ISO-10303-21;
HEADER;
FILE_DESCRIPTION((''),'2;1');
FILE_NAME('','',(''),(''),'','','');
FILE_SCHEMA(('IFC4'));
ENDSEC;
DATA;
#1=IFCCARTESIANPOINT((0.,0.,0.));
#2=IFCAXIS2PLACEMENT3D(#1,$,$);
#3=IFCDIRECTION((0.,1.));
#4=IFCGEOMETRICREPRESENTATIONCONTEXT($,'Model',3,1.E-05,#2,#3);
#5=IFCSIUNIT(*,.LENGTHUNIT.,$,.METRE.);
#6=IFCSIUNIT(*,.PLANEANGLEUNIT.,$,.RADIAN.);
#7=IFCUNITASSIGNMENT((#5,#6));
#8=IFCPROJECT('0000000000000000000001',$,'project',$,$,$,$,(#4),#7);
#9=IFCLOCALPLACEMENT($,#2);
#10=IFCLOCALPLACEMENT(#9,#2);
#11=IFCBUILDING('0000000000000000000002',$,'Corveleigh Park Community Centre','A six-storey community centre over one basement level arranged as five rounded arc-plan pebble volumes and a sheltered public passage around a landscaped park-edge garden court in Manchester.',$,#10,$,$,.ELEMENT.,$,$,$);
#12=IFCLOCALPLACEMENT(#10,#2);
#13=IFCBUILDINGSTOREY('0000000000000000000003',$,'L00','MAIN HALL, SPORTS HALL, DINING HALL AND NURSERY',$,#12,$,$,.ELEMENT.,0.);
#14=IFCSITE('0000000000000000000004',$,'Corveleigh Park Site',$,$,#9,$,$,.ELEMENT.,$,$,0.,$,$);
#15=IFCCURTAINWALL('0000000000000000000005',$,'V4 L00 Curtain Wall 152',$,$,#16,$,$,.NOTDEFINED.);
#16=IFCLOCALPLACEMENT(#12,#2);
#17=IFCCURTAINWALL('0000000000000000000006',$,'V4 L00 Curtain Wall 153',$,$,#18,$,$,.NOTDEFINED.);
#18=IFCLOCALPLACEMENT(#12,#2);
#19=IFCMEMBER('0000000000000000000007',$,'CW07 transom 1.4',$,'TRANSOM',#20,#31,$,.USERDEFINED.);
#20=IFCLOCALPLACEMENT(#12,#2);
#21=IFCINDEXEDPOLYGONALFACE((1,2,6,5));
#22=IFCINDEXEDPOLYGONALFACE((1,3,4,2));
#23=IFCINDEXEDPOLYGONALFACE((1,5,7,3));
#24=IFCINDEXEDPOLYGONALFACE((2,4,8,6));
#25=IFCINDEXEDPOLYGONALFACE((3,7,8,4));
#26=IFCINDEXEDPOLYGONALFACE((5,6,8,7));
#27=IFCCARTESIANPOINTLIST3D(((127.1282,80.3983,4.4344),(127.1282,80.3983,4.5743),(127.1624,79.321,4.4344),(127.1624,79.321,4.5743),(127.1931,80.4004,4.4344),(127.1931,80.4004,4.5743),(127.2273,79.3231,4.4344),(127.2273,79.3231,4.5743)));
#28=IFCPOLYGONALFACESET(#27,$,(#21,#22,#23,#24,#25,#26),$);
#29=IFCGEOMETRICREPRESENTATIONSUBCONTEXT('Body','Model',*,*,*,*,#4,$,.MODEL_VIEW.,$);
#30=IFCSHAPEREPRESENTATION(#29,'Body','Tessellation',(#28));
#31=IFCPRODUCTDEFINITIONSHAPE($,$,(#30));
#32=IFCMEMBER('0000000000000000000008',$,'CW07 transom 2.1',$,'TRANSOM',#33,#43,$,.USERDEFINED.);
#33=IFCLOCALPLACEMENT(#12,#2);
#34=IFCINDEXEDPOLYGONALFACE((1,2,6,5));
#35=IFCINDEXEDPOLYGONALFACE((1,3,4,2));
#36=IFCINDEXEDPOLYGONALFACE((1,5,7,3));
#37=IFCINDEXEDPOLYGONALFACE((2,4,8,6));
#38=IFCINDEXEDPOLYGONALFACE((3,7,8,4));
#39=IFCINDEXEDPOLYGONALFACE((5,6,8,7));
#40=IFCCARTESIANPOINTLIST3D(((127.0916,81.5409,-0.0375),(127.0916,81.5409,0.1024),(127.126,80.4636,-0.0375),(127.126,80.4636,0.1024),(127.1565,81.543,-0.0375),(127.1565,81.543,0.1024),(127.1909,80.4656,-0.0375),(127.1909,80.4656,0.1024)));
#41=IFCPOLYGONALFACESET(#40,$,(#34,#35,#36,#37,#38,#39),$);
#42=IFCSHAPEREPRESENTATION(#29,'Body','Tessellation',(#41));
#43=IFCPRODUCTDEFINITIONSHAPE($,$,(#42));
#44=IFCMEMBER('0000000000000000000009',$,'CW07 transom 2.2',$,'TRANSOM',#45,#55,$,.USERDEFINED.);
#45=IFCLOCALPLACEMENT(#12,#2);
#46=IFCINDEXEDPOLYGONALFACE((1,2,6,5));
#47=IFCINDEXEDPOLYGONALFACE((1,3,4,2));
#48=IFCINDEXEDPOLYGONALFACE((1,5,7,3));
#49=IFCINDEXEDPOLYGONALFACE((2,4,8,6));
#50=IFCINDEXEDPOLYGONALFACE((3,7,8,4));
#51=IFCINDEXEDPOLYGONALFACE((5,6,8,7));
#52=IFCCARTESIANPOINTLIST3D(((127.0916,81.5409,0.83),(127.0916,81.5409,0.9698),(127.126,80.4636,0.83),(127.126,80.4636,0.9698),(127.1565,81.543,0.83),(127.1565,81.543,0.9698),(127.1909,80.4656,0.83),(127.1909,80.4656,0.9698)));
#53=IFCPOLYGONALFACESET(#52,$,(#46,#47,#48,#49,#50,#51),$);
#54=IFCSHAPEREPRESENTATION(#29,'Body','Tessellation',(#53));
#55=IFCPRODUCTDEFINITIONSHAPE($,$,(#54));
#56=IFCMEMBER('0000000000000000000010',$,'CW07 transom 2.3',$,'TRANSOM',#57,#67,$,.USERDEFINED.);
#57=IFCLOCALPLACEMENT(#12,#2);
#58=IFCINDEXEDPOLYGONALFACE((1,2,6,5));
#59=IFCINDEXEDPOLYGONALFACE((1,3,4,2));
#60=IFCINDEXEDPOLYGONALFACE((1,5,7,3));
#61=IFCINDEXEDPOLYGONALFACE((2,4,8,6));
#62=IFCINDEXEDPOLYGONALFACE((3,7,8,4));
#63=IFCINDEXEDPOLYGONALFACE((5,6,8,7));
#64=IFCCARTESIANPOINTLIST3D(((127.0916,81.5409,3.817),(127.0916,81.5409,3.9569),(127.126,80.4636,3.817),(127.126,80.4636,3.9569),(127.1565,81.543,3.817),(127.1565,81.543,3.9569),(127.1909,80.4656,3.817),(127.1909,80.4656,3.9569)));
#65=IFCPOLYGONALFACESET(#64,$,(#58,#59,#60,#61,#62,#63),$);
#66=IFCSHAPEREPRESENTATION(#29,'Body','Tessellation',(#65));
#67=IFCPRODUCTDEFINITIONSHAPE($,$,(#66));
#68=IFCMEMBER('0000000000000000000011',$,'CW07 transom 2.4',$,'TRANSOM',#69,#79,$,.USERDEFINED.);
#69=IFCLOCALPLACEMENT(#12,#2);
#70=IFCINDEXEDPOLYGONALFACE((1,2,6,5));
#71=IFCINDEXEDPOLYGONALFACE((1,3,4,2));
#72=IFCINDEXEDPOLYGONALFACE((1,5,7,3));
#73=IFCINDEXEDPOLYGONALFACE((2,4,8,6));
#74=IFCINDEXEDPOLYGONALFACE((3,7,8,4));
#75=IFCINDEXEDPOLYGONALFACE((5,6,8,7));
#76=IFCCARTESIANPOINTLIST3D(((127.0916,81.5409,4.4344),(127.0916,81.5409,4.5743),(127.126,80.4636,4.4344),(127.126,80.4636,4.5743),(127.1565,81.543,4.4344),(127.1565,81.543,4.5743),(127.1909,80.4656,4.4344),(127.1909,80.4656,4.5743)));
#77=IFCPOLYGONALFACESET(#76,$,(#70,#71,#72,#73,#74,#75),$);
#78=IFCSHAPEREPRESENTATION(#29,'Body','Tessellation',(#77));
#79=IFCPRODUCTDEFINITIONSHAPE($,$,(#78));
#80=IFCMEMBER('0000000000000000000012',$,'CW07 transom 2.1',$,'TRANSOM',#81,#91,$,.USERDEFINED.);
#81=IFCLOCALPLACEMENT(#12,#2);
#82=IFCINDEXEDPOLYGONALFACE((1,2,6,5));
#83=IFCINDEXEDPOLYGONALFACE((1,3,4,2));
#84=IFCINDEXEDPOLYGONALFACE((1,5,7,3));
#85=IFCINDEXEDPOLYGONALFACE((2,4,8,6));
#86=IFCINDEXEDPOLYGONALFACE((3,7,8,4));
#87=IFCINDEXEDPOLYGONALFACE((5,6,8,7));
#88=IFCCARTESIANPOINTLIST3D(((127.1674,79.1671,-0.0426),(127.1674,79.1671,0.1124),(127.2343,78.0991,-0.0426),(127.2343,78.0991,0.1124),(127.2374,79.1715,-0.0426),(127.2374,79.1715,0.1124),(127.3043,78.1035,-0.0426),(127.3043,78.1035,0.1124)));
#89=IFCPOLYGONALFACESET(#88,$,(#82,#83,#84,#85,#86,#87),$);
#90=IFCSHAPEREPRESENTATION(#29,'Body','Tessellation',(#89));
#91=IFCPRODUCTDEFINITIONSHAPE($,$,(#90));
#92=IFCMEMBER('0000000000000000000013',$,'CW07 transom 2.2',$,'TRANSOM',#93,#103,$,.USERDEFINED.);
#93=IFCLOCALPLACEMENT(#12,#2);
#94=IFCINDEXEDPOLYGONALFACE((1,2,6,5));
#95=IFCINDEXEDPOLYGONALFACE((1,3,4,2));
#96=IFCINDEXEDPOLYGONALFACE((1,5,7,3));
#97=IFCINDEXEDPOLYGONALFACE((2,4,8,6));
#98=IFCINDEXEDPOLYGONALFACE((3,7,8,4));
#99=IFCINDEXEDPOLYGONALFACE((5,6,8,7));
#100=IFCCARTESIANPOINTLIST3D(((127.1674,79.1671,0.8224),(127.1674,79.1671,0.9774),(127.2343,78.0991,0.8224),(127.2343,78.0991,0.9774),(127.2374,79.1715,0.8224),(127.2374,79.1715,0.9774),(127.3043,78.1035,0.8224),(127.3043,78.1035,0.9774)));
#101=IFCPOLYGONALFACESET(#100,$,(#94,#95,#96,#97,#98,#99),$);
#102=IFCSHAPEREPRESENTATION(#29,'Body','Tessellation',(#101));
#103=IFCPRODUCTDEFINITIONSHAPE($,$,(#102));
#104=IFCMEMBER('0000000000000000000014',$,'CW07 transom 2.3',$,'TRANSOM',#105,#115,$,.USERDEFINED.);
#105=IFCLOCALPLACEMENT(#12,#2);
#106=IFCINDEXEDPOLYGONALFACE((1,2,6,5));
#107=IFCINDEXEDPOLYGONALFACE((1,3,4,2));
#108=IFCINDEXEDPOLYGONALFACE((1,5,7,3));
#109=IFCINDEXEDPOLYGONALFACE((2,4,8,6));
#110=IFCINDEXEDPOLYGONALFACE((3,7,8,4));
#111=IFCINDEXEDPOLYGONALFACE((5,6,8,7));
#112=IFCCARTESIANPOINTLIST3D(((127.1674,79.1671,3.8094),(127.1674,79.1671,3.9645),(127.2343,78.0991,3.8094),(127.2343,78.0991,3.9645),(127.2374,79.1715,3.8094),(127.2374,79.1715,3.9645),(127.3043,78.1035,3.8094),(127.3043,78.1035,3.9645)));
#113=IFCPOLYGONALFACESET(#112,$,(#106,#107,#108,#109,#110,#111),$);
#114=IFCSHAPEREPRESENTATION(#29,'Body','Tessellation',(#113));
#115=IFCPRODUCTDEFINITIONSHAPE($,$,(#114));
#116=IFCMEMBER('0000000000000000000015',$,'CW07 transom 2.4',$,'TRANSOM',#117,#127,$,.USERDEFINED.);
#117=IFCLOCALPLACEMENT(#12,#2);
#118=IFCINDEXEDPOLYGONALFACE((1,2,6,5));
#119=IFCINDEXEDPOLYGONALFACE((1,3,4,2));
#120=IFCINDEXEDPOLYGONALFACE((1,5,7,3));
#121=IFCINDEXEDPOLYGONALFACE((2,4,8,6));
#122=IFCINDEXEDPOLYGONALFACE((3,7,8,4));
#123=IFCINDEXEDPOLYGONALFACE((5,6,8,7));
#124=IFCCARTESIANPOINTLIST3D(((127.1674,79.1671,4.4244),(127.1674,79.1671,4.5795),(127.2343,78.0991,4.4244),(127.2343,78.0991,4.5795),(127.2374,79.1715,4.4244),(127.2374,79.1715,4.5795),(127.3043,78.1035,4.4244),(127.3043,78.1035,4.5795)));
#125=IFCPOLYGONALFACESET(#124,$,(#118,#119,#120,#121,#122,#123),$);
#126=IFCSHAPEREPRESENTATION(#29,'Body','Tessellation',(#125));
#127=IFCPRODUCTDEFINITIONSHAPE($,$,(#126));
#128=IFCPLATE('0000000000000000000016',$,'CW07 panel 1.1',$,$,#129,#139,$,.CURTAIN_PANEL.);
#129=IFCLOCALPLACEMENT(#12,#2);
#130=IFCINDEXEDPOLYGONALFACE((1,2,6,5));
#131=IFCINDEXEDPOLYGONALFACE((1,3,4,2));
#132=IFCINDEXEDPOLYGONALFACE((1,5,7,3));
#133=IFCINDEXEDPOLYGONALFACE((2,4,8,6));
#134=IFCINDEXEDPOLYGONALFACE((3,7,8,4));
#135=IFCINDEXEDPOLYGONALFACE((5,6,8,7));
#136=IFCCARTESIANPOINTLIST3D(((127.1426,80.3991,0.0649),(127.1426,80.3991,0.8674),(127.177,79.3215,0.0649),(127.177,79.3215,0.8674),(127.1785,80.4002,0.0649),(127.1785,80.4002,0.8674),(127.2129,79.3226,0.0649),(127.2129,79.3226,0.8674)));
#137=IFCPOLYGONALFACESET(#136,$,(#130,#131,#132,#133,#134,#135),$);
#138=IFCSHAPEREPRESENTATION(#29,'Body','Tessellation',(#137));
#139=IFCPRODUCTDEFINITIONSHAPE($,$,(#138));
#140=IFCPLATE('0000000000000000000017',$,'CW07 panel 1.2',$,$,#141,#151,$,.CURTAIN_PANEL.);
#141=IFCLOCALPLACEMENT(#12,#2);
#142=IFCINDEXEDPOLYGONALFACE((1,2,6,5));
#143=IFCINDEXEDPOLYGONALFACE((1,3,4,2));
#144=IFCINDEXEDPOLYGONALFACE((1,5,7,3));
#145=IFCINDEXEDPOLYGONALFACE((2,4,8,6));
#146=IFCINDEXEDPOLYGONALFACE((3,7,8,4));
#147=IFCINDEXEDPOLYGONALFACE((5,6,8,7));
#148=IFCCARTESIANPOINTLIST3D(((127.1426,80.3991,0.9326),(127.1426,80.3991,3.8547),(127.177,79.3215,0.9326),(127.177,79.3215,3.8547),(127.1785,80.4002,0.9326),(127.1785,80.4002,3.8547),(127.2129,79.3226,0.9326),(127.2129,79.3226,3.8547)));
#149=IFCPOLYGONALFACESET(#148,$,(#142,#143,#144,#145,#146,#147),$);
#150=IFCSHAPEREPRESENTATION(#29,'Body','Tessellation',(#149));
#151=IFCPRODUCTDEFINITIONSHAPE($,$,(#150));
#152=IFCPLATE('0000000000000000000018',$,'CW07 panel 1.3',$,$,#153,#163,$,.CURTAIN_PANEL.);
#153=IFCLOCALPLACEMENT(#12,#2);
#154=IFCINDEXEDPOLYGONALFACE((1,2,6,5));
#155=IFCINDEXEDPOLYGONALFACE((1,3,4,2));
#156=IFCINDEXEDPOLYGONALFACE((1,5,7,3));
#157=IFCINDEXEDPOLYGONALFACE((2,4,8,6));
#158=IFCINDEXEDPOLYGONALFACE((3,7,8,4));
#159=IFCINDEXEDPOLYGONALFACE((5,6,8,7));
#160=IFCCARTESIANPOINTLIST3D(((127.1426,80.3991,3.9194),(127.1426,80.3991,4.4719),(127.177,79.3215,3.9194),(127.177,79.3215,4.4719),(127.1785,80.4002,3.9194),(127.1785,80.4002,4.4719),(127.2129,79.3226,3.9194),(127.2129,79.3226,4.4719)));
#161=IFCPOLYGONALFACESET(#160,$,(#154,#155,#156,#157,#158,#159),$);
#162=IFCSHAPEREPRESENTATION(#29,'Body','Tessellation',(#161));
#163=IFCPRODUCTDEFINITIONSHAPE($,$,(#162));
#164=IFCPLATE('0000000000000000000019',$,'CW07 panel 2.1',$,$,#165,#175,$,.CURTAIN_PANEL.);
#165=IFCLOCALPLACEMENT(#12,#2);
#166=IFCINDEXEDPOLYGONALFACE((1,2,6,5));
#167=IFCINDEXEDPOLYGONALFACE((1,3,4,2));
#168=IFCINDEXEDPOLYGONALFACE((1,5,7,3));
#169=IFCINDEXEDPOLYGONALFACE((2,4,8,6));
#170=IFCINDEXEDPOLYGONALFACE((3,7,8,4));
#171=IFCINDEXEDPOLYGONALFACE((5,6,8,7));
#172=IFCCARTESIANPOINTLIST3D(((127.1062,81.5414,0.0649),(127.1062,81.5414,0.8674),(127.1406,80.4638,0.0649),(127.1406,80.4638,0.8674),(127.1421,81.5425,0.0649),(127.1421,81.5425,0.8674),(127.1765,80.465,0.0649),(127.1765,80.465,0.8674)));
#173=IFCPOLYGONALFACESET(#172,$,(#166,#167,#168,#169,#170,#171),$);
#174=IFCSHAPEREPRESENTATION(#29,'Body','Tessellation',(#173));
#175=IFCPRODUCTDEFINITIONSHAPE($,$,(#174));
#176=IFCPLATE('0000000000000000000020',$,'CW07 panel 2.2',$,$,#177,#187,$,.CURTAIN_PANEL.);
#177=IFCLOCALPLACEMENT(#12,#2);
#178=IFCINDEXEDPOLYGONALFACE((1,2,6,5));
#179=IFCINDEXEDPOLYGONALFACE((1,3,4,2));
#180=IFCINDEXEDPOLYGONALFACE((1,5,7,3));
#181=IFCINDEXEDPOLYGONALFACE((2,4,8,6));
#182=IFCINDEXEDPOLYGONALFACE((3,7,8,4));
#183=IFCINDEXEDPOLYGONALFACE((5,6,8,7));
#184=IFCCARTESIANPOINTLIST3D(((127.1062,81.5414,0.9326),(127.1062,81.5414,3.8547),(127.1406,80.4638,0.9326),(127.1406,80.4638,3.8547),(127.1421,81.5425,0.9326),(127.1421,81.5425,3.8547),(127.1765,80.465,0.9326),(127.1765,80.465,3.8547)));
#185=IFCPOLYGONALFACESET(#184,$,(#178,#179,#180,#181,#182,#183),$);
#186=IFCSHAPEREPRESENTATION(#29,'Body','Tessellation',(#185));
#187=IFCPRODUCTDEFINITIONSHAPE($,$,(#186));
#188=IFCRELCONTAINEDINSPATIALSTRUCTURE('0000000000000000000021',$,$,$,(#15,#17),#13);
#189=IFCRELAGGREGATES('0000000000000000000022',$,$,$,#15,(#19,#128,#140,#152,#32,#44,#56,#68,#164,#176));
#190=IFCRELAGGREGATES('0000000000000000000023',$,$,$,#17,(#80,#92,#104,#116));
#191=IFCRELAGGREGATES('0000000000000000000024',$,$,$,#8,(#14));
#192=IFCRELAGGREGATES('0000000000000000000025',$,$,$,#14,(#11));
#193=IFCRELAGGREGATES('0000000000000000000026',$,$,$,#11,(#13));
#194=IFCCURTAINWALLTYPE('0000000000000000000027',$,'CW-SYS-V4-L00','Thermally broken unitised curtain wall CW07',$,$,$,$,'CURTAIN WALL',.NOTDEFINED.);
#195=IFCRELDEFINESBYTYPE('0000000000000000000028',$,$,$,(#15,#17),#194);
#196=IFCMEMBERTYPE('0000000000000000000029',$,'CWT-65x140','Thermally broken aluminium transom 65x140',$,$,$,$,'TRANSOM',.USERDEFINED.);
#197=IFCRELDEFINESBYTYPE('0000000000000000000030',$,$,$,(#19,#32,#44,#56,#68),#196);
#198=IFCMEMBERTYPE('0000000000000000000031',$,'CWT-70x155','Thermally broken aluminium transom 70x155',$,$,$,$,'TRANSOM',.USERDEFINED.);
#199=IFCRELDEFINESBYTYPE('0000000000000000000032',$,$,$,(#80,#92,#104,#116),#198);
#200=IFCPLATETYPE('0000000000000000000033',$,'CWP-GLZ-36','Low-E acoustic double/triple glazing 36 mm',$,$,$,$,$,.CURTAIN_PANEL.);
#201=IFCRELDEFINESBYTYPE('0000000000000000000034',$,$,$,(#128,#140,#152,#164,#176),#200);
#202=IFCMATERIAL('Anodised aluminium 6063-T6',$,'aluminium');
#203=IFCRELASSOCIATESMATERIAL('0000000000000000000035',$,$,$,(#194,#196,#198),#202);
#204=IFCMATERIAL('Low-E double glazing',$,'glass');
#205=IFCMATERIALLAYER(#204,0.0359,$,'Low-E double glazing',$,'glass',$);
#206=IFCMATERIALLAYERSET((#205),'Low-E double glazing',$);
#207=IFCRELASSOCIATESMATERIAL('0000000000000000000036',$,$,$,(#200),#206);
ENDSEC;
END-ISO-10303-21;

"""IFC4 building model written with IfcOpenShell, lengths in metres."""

from ifc_helpers import new_model, si_unit, direction, frame, origin, origin_2d, place, context, subcontext, project, spatial, rectangle, extrude, material, layer, layer_set, material_profile, profile_set, type_object, element, aggregate, save


model = new_model("IFC4")

# Units and contexts
model_context = context("Model", 3, precision=1e-05, world=origin(), true_north=direction((0.0, 1.0)))
body_context = subcontext(model_context, "Body", "Model", "MODEL_VIEW")
ifc_project = project(units=[si_unit("LENGTHUNIT", "METRE"), si_unit("PLANEANGLEUNIT", "RADIAN")], contexts=[model_context])

# Site, building, storey
site_placement = place(None, origin())
site = spatial("IfcSite", under=ifc_project, at=site_placement, Name="Corveleigh Park Site", CompositionType="ELEMENT", RefElevation=0.0)
building_placement = place(site_placement, origin())
building = spatial("IfcBuilding", under=site, at=building_placement, Name="Corveleigh Park Community Centre", Description="A six-storey community centre over one basement level arranged as five rounded arc-plan pebble volumes and a sheltered public passage around a landscaped park-edge garden court in Manchester.", CompositionType="ELEMENT")
storey_placement = place(building_placement, origin())
storey = spatial("IfcBuildingStorey", under=building, at=storey_placement, Name="L00", Description="MAIN HALL, SPORTS HALL, DINING HALL AND NURSERY", CompositionType="ELEMENT", Elevation=0.0)

# Shared definitions
ifc_material_1 = material(Name="Anodised aluminium 6063-T6", Category="aluminium")
curtain_wall_type = type_object("IfcCurtainWallType", Name="CW-SYS-V4-L00", Description="Thermally broken unitised curtain wall CW07", ElementType="CURTAIN WALL", PredefinedType="NOTDEFINED", material=ifc_material_1)

# Curtain walls
curtain_wall_1_placement = place(storey_placement, origin())
curtain_wall_1 = element("IfcCurtainWall", 1, at=curtain_wall_1_placement, inside=storey, type_object=curtain_wall_type, Name="V4 L00 Curtain Wall 152", PredefinedType="NOTDEFINED")
curtain_wall_2_placement = place(storey_placement, origin())
curtain_wall_2 = element("IfcCurtainWall", 2, at=curtain_wall_2_placement, inside=storey, type_object=curtain_wall_type, Name="V4 L00 Curtain Wall 153", PredefinedType="NOTDEFINED")

# Members
ifc_material_profile_1 = material_profile(ifc_material_1, rectangle(XDim=0.0649, YDim=0.1399, at=origin_2d()), Name="ALU-T65x140", Category="aluminium")
ifc_profile_set_1 = profile_set([ifc_material_profile_1], Name="Anodised aluminium 6063-T6")
member_type_1 = type_object("IfcMemberType", Name="CWT-65x140", Description="Thermally broken aluminium transom 65x140", ElementType="TRANSOM", PredefinedType="USERDEFINED", material=ifc_profile_set_1)
member_1_placement = place(storey_placement, frame((127.1948, 79.322, 4.5044), z_axis=(-0.031708, 0.999497, 0.0), x_axis=(-0.999497, -0.031708, 0.0)))
member_1 = element("IfcMember", 3, at=member_1_placement, type_object=member_type_1, Name="CW07 transom 1.4", ObjectType="TRANSOM", PredefinedType="USERDEFINED", context=body_context, shape_type="SweptSolid", body=[
    extrude(rectangle(XDim=0.0649, YDim=0.1399, at=origin_2d()), origin(), (0.0, 0.0, 1.0), 1.0779),
])
member_2_placement = place(storey_placement, frame((127.1584, 80.4646, 0.0325), z_axis=(-0.031935, 0.99949, 0.0), x_axis=(-0.99949, -0.031935, 0.0)))
member_2 = element("IfcMember", 4, at=member_2_placement, type_object=member_type_1, Name="CW07 transom 2.1", ObjectType="TRANSOM", PredefinedType="USERDEFINED", context=body_context, shape_type="SweptSolid", body=[
    extrude(rectangle(XDim=0.0649, YDim=0.1399, at=origin_2d()), origin(), (0.0, 0.0, 1.0), 1.0779),
])
member_3_placement = place(storey_placement, frame((127.1584, 80.4646, 0.8999), z_axis=(-0.031935, 0.99949, 0.0), x_axis=(-0.99949, -0.031935, 0.0)))
member_3 = element("IfcMember", 5, at=member_3_placement, type_object=member_type_1, Name="CW07 transom 2.2", ObjectType="TRANSOM", PredefinedType="USERDEFINED", context=body_context, shape_type="SweptSolid", body=[
    extrude(rectangle(XDim=0.0649, YDim=0.1399, at=origin_2d()), origin(), (0.0, 0.0, 1.0), 1.0779),
])
member_4_placement = place(storey_placement, frame((127.1584, 80.4646, 3.887), z_axis=(-0.031935, 0.99949, 0.0), x_axis=(-0.99949, -0.031935, 0.0)))
member_4 = element("IfcMember", 6, at=member_4_placement, type_object=member_type_1, Name="CW07 transom 2.3", ObjectType="TRANSOM", PredefinedType="USERDEFINED", context=body_context, shape_type="SweptSolid", body=[
    extrude(rectangle(XDim=0.0649, YDim=0.1399, at=origin_2d()), origin(), (0.0, 0.0, 1.0), 1.0779),
])
member_5_placement = place(storey_placement, frame((127.1584, 80.4646, 4.5044), z_axis=(-0.031935, 0.99949, 0.0), x_axis=(-0.99949, -0.031935, 0.0)))
member_5 = element("IfcMember", 7, at=member_5_placement, type_object=member_type_1, Name="CW07 transom 2.4", ObjectType="TRANSOM", PredefinedType="USERDEFINED", context=body_context, shape_type="SweptSolid", body=[
    extrude(rectangle(XDim=0.0649, YDim=0.1399, at=origin_2d()), origin(), (0.0, 0.0, 1.0), 1.0779),
])
ifc_material_profile_2 = material_profile(ifc_material_1, rectangle(XDim=0.0701, YDim=0.155, at=origin_2d()), Name="ALU-T70x155", Category="aluminium")
ifc_profile_set_2 = profile_set([ifc_material_profile_2], Name="Anodised aluminium 6063-T6")
member_type_2 = type_object("IfcMemberType", Name="CWT-70x155", Description="Thermally broken aluminium transom 70x155", ElementType="TRANSOM", PredefinedType="USERDEFINED", material=ifc_profile_set_2)
member_6_placement = place(storey_placement, frame((127.2693, 78.1013, 0.0349), z_axis=(-0.06252, 0.998044, 0.0), x_axis=(-0.998044, -0.06252, 0.0)))
member_6 = element("IfcMember", 8, at=member_6_placement, type_object=member_type_2, Name="CW07 transom 2.1", ObjectType="TRANSOM", PredefinedType="USERDEFINED", context=body_context, shape_type="SweptSolid", body=[
    extrude(rectangle(XDim=0.0701, YDim=0.155, at=origin_2d()), origin(), (0.0, 0.0, 1.0), 1.0701),
])
member_7_placement = place(storey_placement, frame((127.2693, 78.1013, 0.8999), z_axis=(-0.06252, 0.998044, 0.0), x_axis=(-0.998044, -0.06252, 0.0)))
member_7 = element("IfcMember", 9, at=member_7_placement, type_object=member_type_2, Name="CW07 transom 2.2", ObjectType="TRANSOM", PredefinedType="USERDEFINED", context=body_context, shape_type="SweptSolid", body=[
    extrude(rectangle(XDim=0.0701, YDim=0.155, at=origin_2d()), origin(), (0.0, 0.0, 1.0), 1.0701),
])
member_8_placement = place(storey_placement, frame((127.2693, 78.1013, 3.887), z_axis=(-0.06252, 0.998044, 0.0), x_axis=(-0.998044, -0.06252, 0.0)))
member_8 = element("IfcMember", 10, at=member_8_placement, type_object=member_type_2, Name="CW07 transom 2.3", ObjectType="TRANSOM", PredefinedType="USERDEFINED", context=body_context, shape_type="SweptSolid", body=[
    extrude(rectangle(XDim=0.0701, YDim=0.155, at=origin_2d()), origin(), (0.0, 0.0, 1.0), 1.0701),
])
member_9_placement = place(storey_placement, frame((127.2693, 78.1013, 4.502), z_axis=(-0.06252, 0.998044, 0.0), x_axis=(-0.998044, -0.06252, 0.0)))
member_9 = element("IfcMember", 11, at=member_9_placement, type_object=member_type_2, Name="CW07 transom 2.4", ObjectType="TRANSOM", PredefinedType="USERDEFINED", context=body_context, shape_type="SweptSolid", body=[
    extrude(rectangle(XDim=0.0701, YDim=0.155, at=origin_2d()), origin(), (0.0, 0.0, 1.0), 1.0701),
])

# Plates
ifc_material_2 = material(Name="Low-E double glazing", Category="glass")
ifc_layer_1 = layer(ifc_material_2, 0.0359, Name="Low-E double glazing", Category="glass")
ifc_layer_set_1 = layer_set([ifc_layer_1], Name="Low-E double glazing")
plate_type_1 = type_object("IfcPlateType", Name="CWP-GLZ-36", Description="Low-E acoustic double/triple glazing 36 mm", PredefinedType="CURTAIN_PANEL", material=ifc_layer_set_1)
plate_1_placement = place(storey_placement, frame((127.1777, 79.8608, 0.0649), z_axis=(0.0, 0.0, 1.0), x_axis=(-0.031899, 0.999491, 0.0)))
plate_1 = element("IfcPlate", 12, at=plate_1_placement, type_object=plate_type_1, Name="CW07 panel 1.1", PredefinedType="CURTAIN_PANEL", context=body_context, shape_type="SweptSolid", body=[
    extrude(rectangle(XDim=1.0781, YDim=0.0359, at=origin_2d()), origin(), (0.0, 0.0, 1.0), 0.8025),
])
plate_2_placement = place(storey_placement, frame((127.1777, 79.8608, 0.9326), z_axis=(0.0, 0.0, 1.0), x_axis=(-0.031899, 0.999491, 0.0)))
plate_2 = element("IfcPlate", 13, at=plate_2_placement, type_object=plate_type_1, Name="CW07 panel 1.2", PredefinedType="CURTAIN_PANEL", context=body_context, shape_type="SweptSolid", body=[
    extrude(rectangle(XDim=1.0781, YDim=0.0359, at=origin_2d()), origin(), (0.0, 0.0, 1.0), 2.9221),
])
plate_3_placement = place(storey_placement, frame((127.1777, 79.8608, 3.9194), z_axis=(0.0, 0.0, 1.0), x_axis=(-0.031899, 0.999491, 0.0)))
plate_3 = element("IfcPlate", 14, at=plate_3_placement, type_object=plate_type_1, Name="CW07 panel 1.3", PredefinedType="CURTAIN_PANEL", context=body_context, shape_type="SweptSolid", body=[
    extrude(rectangle(XDim=1.0781, YDim=0.0359, at=origin_2d()), origin(), (0.0, 0.0, 1.0), 0.5525),
])
plate_4_placement = place(storey_placement, frame((127.1414, 81.0032, 0.0649), z_axis=(0.0, 0.0, 1.0), x_axis=(-0.031899, 0.999491, 0.0)))
plate_4 = element("IfcPlate", 15, at=plate_4_placement, type_object=plate_type_1, Name="CW07 panel 2.1", PredefinedType="CURTAIN_PANEL", context=body_context, shape_type="SweptSolid", body=[
    extrude(rectangle(XDim=1.0781, YDim=0.0359, at=origin_2d()), origin(), (0.0, 0.0, 1.0), 0.8025),
])
plate_5_placement = place(storey_placement, frame((127.1414, 81.0032, 0.9326), z_axis=(0.0, 0.0, 1.0), x_axis=(-0.031899, 0.999491, 0.0)))
plate_5 = element("IfcPlate", 16, at=plate_5_placement, type_object=plate_type_1, Name="CW07 panel 2.2", PredefinedType="CURTAIN_PANEL", context=body_context, shape_type="SweptSolid", body=[
    extrude(rectangle(XDim=1.0781, YDim=0.0359, at=origin_2d()), origin(), (0.0, 0.0, 1.0), 2.9221),
])
aggregate(curtain_wall_1, [member_1, plate_1, plate_2, plate_3, member_2, member_3, member_4, member_5, plate_4, plate_5])
aggregate(curtain_wall_2, [member_6, member_7, member_8, member_9])

save(model, "model.ifc")
